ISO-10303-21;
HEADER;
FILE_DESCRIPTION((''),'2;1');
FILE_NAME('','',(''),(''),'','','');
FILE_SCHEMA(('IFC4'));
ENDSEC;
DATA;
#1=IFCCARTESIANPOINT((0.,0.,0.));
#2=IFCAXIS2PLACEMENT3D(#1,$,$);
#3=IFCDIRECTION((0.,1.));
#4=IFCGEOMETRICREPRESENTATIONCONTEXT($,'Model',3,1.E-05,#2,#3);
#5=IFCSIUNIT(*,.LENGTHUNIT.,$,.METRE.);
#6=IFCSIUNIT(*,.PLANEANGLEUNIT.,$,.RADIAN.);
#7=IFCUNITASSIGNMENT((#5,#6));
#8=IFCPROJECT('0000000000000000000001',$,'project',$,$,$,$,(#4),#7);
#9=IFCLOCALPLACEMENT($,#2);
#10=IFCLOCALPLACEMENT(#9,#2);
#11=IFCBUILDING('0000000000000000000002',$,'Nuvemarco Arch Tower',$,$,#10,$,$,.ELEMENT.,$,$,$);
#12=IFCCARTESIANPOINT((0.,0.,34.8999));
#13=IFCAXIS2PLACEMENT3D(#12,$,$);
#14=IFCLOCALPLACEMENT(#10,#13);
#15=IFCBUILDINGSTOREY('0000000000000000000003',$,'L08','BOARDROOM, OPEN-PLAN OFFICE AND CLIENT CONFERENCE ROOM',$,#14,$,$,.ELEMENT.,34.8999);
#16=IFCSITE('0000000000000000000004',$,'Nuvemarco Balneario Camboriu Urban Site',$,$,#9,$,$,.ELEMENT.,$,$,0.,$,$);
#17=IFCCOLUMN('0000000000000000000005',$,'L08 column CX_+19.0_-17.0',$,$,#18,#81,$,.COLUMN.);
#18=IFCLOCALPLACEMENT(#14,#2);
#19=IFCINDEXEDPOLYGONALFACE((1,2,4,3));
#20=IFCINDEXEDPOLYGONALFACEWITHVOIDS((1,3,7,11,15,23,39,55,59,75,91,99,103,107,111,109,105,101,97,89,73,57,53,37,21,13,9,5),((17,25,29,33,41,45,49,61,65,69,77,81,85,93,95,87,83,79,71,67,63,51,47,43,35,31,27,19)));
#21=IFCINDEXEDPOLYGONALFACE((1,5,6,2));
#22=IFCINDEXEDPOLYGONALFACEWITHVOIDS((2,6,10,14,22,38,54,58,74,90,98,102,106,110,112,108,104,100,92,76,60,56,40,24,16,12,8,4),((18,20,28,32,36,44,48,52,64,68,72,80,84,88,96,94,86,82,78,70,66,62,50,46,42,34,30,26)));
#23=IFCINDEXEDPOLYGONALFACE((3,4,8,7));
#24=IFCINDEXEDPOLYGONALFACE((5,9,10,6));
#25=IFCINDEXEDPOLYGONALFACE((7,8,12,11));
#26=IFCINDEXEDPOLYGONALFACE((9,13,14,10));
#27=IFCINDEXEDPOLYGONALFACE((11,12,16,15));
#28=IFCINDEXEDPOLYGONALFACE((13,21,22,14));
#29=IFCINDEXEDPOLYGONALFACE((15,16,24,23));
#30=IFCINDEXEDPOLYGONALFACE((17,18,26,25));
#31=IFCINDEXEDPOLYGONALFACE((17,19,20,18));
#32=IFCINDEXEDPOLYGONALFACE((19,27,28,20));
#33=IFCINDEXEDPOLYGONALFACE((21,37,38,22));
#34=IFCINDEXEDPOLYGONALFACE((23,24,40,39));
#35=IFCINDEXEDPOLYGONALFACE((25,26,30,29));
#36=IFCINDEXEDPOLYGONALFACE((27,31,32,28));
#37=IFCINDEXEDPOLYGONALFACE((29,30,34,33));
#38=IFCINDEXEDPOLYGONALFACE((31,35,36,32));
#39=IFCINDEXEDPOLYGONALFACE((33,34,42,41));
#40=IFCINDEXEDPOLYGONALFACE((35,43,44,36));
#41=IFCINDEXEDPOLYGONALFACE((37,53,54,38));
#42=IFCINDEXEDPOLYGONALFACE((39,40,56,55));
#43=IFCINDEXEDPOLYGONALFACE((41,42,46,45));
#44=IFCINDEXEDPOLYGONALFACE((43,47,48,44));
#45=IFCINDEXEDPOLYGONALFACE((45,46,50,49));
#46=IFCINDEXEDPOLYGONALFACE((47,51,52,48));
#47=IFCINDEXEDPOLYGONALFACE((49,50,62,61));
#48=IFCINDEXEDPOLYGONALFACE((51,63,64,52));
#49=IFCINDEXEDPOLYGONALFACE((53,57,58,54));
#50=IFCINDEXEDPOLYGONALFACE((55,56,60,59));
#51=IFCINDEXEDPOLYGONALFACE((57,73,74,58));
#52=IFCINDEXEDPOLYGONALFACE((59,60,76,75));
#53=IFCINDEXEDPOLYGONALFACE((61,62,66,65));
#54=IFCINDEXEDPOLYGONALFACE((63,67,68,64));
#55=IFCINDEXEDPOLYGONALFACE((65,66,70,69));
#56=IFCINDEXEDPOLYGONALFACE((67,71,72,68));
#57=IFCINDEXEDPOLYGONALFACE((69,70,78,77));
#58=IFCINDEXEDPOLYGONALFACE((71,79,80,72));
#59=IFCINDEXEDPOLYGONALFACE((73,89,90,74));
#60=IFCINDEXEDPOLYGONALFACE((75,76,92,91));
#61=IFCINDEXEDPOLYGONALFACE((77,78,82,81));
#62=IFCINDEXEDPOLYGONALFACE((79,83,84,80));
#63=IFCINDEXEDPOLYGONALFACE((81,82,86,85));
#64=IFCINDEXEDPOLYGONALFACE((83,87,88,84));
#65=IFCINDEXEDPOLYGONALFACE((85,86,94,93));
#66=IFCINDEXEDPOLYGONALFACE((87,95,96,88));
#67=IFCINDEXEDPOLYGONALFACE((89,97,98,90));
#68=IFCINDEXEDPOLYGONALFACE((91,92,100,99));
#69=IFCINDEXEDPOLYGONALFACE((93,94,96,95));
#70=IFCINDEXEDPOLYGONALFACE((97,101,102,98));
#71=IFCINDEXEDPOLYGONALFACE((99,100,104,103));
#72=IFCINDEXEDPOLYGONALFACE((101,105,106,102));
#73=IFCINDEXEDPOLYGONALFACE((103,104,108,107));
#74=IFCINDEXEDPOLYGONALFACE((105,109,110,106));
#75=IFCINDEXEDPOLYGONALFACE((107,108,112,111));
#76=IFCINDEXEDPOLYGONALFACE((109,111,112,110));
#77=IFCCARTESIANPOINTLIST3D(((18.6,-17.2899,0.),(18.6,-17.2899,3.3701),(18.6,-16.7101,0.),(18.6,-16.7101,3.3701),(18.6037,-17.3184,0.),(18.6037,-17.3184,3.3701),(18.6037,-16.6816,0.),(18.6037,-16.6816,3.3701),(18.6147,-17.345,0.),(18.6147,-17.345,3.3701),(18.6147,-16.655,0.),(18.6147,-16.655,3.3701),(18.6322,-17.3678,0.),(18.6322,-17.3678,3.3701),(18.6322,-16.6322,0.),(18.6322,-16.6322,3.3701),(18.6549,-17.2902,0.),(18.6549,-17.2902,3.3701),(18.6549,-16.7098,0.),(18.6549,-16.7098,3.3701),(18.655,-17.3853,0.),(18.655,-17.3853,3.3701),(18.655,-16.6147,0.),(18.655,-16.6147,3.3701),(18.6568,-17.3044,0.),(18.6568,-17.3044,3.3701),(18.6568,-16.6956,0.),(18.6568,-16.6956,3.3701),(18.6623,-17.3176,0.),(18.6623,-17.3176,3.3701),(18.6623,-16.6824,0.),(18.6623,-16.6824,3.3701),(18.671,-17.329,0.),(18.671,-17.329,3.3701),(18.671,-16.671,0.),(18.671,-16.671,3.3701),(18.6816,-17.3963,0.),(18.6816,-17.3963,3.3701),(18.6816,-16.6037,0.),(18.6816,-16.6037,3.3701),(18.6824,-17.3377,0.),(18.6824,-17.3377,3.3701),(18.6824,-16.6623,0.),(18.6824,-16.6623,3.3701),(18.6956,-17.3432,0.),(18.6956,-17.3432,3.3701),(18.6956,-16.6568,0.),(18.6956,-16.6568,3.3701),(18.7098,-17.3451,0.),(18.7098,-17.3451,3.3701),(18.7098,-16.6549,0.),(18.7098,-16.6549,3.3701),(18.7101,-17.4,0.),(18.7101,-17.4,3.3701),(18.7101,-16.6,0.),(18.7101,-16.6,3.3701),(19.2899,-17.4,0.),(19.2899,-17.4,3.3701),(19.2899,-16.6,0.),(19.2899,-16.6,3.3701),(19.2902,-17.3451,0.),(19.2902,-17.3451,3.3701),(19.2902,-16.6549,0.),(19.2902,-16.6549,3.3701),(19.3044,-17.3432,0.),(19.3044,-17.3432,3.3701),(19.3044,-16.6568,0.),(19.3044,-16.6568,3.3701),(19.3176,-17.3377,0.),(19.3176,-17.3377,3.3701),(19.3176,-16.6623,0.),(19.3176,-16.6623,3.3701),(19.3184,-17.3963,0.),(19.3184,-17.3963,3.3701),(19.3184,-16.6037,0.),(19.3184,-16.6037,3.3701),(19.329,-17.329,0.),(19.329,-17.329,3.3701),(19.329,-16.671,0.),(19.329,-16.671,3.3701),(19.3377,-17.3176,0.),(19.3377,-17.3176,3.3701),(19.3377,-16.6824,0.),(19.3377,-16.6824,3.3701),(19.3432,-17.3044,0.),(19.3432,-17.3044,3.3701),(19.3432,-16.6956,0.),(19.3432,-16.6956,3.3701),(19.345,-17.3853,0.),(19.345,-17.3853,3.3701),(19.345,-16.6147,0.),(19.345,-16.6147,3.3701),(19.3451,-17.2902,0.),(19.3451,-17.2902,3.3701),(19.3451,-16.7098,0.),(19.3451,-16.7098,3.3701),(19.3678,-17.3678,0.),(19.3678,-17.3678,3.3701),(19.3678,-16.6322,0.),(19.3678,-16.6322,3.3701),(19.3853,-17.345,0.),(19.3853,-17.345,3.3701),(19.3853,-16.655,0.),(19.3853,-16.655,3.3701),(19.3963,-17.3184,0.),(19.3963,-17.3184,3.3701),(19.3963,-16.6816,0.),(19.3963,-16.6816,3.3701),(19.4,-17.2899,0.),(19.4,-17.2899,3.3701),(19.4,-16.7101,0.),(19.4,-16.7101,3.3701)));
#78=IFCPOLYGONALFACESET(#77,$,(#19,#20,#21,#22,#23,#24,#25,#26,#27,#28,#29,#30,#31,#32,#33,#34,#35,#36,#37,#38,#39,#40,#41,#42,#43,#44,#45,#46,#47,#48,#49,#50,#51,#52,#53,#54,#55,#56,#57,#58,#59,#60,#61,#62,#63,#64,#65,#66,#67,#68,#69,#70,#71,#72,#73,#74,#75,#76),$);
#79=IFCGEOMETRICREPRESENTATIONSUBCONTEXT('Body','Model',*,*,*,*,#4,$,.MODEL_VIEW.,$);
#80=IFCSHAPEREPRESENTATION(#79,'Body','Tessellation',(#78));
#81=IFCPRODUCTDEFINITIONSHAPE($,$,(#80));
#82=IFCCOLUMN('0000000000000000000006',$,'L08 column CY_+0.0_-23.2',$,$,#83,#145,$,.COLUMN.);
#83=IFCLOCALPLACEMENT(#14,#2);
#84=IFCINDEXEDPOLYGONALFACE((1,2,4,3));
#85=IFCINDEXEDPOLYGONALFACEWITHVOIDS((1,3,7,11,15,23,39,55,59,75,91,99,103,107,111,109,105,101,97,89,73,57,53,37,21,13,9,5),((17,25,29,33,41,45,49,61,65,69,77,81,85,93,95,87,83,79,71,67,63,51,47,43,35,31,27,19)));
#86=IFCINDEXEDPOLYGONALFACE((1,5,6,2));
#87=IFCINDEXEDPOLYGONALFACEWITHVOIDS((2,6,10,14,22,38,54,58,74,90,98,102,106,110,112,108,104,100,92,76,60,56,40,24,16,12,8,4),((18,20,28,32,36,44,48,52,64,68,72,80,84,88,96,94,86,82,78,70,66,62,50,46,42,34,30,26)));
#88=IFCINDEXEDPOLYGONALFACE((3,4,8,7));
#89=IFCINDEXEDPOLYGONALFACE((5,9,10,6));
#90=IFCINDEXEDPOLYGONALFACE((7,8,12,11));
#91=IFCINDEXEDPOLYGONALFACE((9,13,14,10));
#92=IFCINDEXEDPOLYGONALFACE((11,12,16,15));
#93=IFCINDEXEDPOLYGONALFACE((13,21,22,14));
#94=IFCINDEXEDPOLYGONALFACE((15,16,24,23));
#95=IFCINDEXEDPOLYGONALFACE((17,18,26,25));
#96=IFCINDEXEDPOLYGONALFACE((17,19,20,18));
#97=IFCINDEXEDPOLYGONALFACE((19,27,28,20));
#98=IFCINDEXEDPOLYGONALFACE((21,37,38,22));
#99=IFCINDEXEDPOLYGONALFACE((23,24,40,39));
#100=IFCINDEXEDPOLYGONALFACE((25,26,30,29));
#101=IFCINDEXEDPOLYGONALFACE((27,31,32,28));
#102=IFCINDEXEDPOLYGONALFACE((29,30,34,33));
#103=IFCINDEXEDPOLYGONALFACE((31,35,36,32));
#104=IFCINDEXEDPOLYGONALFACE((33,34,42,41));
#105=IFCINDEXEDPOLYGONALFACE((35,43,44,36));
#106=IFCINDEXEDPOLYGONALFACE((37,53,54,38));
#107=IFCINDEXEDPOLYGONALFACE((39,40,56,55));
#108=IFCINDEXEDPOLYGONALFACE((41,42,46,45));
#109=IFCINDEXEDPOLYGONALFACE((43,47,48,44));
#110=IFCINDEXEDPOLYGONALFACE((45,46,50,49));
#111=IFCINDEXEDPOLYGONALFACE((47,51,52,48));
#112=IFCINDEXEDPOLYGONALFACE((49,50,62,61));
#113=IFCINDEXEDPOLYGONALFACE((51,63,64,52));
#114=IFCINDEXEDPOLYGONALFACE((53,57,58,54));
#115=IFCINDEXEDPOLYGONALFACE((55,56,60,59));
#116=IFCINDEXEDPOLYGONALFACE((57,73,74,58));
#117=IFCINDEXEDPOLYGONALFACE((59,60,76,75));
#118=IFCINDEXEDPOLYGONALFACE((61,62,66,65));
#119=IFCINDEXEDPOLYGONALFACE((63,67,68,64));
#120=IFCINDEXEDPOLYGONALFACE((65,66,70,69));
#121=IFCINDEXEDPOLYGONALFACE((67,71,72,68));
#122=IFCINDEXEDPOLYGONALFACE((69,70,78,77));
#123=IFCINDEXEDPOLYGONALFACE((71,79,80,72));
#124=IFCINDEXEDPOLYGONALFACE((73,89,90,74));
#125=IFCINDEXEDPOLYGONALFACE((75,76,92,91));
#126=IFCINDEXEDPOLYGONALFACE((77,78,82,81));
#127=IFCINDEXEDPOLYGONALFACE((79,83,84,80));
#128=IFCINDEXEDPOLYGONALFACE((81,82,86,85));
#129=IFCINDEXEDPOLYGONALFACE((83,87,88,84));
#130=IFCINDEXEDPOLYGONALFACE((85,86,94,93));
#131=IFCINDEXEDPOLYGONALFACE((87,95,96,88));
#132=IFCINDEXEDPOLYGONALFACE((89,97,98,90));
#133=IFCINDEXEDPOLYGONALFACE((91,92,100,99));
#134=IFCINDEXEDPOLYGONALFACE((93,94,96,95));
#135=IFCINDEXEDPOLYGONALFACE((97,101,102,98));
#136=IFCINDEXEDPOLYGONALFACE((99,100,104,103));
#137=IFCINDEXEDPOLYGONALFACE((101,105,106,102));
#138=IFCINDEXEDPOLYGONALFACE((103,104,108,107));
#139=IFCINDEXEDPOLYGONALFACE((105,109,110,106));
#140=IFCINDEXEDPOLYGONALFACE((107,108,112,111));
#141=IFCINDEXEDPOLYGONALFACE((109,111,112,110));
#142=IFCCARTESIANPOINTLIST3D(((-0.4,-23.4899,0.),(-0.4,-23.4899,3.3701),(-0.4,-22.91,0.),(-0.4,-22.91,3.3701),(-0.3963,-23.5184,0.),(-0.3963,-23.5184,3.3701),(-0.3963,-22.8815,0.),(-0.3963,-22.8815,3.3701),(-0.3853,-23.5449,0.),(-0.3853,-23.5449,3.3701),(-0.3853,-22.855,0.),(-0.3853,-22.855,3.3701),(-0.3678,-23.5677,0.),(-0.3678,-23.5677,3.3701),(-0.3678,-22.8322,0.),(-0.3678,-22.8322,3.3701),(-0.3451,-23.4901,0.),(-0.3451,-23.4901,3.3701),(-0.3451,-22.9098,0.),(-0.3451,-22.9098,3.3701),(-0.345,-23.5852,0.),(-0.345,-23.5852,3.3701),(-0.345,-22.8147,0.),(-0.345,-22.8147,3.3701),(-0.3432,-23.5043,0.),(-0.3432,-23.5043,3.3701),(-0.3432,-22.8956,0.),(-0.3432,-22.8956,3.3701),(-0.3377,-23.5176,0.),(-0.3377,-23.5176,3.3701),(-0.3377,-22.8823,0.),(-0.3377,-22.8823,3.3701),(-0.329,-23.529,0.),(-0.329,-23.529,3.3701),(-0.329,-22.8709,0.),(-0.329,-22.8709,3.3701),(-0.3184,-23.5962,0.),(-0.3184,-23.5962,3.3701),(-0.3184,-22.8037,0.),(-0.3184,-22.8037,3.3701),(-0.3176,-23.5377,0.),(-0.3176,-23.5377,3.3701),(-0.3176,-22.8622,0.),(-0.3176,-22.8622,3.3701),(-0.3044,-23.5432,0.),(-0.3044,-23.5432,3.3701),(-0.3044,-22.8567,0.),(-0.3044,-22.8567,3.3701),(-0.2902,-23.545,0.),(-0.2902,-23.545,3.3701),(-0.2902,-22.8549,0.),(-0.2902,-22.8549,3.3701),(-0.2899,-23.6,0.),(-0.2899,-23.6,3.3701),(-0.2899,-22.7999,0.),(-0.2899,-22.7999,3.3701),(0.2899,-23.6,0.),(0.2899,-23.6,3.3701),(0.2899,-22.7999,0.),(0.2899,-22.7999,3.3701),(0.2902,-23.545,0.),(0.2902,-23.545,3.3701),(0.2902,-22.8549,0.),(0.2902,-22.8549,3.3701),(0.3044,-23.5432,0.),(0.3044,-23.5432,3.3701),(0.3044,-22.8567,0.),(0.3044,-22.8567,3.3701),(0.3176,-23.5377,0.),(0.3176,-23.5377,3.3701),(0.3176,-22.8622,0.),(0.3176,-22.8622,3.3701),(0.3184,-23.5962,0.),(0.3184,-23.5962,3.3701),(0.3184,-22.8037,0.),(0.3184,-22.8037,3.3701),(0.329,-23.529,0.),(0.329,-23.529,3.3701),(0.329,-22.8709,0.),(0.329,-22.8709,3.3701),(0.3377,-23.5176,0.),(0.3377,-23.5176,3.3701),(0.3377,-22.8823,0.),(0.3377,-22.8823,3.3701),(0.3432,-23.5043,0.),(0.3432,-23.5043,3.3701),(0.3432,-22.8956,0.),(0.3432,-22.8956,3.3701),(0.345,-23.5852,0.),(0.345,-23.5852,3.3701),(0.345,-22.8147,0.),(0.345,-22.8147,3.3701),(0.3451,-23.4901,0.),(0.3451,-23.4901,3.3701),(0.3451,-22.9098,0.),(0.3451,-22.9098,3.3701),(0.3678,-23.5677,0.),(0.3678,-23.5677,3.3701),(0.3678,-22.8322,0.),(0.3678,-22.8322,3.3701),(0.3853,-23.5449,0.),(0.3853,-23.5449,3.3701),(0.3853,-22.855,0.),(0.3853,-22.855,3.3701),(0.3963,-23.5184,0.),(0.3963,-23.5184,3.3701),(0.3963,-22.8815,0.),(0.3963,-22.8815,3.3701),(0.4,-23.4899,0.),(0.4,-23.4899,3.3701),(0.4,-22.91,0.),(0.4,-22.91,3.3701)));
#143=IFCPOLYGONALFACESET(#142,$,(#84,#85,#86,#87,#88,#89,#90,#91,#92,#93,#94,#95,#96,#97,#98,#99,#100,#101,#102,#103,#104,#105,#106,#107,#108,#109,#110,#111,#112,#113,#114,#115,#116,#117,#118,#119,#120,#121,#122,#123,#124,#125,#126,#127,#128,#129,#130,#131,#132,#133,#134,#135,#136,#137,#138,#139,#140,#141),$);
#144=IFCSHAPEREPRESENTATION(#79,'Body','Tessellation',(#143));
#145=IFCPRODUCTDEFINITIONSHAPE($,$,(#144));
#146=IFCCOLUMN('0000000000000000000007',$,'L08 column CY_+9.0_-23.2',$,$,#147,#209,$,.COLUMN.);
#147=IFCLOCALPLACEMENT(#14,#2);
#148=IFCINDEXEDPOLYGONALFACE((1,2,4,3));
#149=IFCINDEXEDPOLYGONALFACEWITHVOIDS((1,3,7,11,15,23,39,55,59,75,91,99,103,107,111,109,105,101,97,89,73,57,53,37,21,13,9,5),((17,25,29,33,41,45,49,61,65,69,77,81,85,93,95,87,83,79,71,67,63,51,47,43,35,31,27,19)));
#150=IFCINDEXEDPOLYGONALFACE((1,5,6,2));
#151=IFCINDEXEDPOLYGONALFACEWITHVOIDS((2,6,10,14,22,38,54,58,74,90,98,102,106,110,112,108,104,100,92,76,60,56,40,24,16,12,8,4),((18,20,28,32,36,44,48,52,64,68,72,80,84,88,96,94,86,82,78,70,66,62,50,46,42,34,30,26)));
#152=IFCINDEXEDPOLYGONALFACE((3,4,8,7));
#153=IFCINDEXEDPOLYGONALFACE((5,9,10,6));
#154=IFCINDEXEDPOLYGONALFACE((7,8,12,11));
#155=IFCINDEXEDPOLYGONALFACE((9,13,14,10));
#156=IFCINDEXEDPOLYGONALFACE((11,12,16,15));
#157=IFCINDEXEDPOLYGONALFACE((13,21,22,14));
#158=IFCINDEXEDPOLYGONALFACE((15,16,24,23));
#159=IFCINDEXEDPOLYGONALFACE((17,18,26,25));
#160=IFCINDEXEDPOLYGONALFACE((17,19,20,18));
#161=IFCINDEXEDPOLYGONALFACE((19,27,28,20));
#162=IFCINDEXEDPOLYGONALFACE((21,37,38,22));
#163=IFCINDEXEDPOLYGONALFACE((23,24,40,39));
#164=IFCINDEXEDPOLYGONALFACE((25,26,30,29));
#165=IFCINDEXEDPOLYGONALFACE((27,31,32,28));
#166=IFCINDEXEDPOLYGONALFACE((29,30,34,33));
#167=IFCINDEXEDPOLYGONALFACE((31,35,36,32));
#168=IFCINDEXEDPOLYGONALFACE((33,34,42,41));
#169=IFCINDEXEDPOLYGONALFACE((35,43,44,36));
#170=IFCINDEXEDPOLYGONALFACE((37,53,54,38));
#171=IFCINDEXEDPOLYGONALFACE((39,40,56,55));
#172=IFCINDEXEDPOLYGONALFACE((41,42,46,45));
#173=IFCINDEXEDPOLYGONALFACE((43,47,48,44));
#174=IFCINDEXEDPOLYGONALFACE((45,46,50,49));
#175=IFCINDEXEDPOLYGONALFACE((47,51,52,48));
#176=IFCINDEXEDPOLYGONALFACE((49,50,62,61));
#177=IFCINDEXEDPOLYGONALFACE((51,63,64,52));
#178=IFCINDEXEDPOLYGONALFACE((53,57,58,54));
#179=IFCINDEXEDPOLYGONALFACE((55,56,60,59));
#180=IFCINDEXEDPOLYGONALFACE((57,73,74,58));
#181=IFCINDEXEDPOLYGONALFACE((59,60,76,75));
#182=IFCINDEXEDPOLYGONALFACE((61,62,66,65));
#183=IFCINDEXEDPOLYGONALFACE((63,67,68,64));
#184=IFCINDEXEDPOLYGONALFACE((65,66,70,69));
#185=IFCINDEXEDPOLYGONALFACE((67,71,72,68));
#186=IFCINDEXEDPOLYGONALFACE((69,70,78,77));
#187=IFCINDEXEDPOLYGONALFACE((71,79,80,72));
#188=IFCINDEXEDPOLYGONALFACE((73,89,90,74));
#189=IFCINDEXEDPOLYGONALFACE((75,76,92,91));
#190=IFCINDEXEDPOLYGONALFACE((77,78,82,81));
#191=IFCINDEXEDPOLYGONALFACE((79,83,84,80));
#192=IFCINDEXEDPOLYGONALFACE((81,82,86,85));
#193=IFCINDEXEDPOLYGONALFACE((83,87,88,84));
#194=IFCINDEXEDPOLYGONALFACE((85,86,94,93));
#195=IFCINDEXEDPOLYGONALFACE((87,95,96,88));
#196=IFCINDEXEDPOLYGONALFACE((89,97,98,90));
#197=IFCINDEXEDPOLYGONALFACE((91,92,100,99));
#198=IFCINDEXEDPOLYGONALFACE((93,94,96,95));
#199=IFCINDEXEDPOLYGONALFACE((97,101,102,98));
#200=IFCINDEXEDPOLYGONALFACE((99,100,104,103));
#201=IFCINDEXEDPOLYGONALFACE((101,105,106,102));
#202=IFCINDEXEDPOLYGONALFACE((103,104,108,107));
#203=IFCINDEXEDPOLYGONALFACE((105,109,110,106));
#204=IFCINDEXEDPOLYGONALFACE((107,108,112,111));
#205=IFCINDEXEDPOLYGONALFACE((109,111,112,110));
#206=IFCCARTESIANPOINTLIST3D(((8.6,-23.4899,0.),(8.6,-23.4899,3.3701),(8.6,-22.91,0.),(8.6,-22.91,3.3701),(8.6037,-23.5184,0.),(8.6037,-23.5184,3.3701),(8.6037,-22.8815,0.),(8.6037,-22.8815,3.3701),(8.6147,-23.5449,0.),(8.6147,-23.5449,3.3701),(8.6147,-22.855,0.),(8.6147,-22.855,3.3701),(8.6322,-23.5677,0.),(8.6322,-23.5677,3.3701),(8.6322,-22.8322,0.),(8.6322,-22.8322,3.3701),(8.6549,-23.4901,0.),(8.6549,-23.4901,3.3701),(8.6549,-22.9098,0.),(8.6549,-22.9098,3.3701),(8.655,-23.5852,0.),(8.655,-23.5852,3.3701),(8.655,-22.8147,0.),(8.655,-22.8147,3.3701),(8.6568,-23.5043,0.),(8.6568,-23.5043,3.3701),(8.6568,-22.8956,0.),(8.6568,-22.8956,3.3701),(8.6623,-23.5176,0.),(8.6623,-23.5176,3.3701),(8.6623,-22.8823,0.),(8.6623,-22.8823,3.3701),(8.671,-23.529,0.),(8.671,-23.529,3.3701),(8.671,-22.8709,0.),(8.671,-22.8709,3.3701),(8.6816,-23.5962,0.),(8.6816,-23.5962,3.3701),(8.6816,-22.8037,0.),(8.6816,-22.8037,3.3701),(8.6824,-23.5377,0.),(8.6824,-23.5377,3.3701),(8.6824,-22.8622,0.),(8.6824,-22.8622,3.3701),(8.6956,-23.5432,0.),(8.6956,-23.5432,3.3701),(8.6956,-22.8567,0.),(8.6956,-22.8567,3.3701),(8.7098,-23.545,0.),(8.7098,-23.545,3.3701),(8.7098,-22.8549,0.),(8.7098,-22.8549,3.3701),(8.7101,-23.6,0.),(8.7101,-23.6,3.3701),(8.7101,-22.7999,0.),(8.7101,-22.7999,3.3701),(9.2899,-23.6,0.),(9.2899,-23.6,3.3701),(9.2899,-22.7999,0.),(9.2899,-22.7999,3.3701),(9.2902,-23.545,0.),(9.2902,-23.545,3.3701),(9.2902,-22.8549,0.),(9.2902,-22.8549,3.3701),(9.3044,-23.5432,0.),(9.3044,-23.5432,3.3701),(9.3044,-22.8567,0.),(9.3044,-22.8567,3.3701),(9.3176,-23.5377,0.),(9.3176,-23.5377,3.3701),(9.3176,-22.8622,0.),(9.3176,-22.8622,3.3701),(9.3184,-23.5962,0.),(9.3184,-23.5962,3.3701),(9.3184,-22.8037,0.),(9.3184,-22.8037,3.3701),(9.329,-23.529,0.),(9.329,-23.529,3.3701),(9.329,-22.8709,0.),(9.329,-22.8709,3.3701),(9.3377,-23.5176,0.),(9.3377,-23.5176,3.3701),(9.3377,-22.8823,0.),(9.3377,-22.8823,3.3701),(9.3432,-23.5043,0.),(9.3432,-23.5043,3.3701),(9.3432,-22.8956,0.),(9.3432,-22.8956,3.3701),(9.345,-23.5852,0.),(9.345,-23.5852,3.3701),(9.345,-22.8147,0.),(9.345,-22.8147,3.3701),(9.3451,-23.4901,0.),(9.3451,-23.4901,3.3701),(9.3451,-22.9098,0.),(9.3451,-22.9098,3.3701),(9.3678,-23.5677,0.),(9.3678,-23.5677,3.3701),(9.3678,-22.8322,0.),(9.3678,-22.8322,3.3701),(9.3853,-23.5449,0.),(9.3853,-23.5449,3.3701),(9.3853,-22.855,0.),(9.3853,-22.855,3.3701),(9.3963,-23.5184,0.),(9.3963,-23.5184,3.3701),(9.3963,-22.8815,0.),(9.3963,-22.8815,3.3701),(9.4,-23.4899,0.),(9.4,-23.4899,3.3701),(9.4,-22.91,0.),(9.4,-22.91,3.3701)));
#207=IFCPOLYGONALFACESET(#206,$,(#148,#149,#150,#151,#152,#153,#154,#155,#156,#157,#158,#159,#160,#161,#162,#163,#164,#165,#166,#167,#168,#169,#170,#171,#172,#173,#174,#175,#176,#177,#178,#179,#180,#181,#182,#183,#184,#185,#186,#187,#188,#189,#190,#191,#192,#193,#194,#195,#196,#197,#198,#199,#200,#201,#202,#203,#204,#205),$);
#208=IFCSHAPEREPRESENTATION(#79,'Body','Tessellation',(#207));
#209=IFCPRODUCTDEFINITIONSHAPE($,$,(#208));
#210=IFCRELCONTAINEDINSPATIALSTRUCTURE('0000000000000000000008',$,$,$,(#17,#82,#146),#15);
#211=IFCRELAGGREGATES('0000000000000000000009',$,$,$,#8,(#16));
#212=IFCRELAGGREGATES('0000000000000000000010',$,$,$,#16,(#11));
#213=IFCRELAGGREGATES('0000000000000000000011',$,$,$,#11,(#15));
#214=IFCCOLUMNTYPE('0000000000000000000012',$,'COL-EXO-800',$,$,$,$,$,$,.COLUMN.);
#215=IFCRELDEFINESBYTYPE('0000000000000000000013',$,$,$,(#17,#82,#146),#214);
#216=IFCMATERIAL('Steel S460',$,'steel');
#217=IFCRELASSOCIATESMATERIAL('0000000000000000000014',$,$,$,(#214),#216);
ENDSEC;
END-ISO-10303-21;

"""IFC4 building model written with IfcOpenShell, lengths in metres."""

from ifc_helpers import new_model, si_unit, direction, frame, origin, origin_2d, place, context, subcontext, project, spatial, hollow_rectangle, extrude, material, material_profile, profile_set, type_object, element, save


model = new_model("IFC4")

# Units and contexts
model_context = context("Model", 3, precision=1e-05, world=origin(), true_north=direction((0.0, 1.0)))
body_context = subcontext(model_context, "Body", "Model", "MODEL_VIEW")
ifc_project = project(units=[si_unit("LENGTHUNIT", "METRE"), si_unit("PLANEANGLEUNIT", "RADIAN")], contexts=[model_context])

# Site, building, storey
site_placement = place(None, origin())
site = spatial("IfcSite", under=ifc_project, at=site_placement, Name="Nuvemarco Balneario Camboriu Urban Site", CompositionType="ELEMENT", RefElevation=0.0)
building_placement = place(site_placement, origin())
building = spatial("IfcBuilding", under=site, at=building_placement, Name="Nuvemarco Arch Tower", CompositionType="ELEMENT")
storey_placement = place(building_placement, frame((0.0, 0.0, 34.8999)))
storey = spatial("IfcBuildingStorey", under=building, at=storey_placement, Name="L08", Description="BOARDROOM, OPEN-PLAN OFFICE AND CLIENT CONFERENCE ROOM", CompositionType="ELEMENT", Elevation=34.8999)

# Columns
ifc_material_1 = material(Name="Steel S460", Category="steel")
ifc_material_profile_1 = material_profile(ifc_material_1, hollow_rectangle(XDim=0.8, YDim=0.8, WallThickness=0.0549, InnerFilletRadius=0.0549, OuterFilletRadius=0.1101, at=origin_2d()), Name="SHS800x800x55")
ifc_profile_set_1 = profile_set([ifc_material_profile_1], Name="Steel S460")
column_type_1 = type_object("IfcColumnType", Name="COL-EXO-800", PredefinedType="COLUMN", material=ifc_profile_set_1)
for number, where, z_axis, x_axis, name in (
    (1, (19.0, -17.0, 0.0), (0.0, 0.0, 1.0), (1.0, 0.0, 0.0), "L08 column CX_+19.0_-17.0"),
    (2, (0.0, -23.2, 0.0), (0.0, 0.0, 1.0), (1.0, 0.0, 0.0), "L08 column CY_+0.0_-23.2"),
    (3, (9.0, -23.2, 0.0), (0.0, 0.0, 1.0), (1.0, 0.0, 0.0), "L08 column CY_+9.0_-23.2"),
):
    element("IfcColumn", number, at=place(storey_placement, frame(where, z_axis=z_axis, x_axis=x_axis)), inside=storey, type_object=column_type_1, Name=name, PredefinedType="COLUMN", context=body_context, shape_type="SweptSolid", body=[
        extrude(hollow_rectangle(XDim=0.8, YDim=0.8, WallThickness=0.0549, InnerFilletRadius=0.0549, OuterFilletRadius=0.1101, at=origin_2d()), origin(), (0.0, 0.0, 1.0), 3.3701),
    ])

save(model, "model.ifc")
